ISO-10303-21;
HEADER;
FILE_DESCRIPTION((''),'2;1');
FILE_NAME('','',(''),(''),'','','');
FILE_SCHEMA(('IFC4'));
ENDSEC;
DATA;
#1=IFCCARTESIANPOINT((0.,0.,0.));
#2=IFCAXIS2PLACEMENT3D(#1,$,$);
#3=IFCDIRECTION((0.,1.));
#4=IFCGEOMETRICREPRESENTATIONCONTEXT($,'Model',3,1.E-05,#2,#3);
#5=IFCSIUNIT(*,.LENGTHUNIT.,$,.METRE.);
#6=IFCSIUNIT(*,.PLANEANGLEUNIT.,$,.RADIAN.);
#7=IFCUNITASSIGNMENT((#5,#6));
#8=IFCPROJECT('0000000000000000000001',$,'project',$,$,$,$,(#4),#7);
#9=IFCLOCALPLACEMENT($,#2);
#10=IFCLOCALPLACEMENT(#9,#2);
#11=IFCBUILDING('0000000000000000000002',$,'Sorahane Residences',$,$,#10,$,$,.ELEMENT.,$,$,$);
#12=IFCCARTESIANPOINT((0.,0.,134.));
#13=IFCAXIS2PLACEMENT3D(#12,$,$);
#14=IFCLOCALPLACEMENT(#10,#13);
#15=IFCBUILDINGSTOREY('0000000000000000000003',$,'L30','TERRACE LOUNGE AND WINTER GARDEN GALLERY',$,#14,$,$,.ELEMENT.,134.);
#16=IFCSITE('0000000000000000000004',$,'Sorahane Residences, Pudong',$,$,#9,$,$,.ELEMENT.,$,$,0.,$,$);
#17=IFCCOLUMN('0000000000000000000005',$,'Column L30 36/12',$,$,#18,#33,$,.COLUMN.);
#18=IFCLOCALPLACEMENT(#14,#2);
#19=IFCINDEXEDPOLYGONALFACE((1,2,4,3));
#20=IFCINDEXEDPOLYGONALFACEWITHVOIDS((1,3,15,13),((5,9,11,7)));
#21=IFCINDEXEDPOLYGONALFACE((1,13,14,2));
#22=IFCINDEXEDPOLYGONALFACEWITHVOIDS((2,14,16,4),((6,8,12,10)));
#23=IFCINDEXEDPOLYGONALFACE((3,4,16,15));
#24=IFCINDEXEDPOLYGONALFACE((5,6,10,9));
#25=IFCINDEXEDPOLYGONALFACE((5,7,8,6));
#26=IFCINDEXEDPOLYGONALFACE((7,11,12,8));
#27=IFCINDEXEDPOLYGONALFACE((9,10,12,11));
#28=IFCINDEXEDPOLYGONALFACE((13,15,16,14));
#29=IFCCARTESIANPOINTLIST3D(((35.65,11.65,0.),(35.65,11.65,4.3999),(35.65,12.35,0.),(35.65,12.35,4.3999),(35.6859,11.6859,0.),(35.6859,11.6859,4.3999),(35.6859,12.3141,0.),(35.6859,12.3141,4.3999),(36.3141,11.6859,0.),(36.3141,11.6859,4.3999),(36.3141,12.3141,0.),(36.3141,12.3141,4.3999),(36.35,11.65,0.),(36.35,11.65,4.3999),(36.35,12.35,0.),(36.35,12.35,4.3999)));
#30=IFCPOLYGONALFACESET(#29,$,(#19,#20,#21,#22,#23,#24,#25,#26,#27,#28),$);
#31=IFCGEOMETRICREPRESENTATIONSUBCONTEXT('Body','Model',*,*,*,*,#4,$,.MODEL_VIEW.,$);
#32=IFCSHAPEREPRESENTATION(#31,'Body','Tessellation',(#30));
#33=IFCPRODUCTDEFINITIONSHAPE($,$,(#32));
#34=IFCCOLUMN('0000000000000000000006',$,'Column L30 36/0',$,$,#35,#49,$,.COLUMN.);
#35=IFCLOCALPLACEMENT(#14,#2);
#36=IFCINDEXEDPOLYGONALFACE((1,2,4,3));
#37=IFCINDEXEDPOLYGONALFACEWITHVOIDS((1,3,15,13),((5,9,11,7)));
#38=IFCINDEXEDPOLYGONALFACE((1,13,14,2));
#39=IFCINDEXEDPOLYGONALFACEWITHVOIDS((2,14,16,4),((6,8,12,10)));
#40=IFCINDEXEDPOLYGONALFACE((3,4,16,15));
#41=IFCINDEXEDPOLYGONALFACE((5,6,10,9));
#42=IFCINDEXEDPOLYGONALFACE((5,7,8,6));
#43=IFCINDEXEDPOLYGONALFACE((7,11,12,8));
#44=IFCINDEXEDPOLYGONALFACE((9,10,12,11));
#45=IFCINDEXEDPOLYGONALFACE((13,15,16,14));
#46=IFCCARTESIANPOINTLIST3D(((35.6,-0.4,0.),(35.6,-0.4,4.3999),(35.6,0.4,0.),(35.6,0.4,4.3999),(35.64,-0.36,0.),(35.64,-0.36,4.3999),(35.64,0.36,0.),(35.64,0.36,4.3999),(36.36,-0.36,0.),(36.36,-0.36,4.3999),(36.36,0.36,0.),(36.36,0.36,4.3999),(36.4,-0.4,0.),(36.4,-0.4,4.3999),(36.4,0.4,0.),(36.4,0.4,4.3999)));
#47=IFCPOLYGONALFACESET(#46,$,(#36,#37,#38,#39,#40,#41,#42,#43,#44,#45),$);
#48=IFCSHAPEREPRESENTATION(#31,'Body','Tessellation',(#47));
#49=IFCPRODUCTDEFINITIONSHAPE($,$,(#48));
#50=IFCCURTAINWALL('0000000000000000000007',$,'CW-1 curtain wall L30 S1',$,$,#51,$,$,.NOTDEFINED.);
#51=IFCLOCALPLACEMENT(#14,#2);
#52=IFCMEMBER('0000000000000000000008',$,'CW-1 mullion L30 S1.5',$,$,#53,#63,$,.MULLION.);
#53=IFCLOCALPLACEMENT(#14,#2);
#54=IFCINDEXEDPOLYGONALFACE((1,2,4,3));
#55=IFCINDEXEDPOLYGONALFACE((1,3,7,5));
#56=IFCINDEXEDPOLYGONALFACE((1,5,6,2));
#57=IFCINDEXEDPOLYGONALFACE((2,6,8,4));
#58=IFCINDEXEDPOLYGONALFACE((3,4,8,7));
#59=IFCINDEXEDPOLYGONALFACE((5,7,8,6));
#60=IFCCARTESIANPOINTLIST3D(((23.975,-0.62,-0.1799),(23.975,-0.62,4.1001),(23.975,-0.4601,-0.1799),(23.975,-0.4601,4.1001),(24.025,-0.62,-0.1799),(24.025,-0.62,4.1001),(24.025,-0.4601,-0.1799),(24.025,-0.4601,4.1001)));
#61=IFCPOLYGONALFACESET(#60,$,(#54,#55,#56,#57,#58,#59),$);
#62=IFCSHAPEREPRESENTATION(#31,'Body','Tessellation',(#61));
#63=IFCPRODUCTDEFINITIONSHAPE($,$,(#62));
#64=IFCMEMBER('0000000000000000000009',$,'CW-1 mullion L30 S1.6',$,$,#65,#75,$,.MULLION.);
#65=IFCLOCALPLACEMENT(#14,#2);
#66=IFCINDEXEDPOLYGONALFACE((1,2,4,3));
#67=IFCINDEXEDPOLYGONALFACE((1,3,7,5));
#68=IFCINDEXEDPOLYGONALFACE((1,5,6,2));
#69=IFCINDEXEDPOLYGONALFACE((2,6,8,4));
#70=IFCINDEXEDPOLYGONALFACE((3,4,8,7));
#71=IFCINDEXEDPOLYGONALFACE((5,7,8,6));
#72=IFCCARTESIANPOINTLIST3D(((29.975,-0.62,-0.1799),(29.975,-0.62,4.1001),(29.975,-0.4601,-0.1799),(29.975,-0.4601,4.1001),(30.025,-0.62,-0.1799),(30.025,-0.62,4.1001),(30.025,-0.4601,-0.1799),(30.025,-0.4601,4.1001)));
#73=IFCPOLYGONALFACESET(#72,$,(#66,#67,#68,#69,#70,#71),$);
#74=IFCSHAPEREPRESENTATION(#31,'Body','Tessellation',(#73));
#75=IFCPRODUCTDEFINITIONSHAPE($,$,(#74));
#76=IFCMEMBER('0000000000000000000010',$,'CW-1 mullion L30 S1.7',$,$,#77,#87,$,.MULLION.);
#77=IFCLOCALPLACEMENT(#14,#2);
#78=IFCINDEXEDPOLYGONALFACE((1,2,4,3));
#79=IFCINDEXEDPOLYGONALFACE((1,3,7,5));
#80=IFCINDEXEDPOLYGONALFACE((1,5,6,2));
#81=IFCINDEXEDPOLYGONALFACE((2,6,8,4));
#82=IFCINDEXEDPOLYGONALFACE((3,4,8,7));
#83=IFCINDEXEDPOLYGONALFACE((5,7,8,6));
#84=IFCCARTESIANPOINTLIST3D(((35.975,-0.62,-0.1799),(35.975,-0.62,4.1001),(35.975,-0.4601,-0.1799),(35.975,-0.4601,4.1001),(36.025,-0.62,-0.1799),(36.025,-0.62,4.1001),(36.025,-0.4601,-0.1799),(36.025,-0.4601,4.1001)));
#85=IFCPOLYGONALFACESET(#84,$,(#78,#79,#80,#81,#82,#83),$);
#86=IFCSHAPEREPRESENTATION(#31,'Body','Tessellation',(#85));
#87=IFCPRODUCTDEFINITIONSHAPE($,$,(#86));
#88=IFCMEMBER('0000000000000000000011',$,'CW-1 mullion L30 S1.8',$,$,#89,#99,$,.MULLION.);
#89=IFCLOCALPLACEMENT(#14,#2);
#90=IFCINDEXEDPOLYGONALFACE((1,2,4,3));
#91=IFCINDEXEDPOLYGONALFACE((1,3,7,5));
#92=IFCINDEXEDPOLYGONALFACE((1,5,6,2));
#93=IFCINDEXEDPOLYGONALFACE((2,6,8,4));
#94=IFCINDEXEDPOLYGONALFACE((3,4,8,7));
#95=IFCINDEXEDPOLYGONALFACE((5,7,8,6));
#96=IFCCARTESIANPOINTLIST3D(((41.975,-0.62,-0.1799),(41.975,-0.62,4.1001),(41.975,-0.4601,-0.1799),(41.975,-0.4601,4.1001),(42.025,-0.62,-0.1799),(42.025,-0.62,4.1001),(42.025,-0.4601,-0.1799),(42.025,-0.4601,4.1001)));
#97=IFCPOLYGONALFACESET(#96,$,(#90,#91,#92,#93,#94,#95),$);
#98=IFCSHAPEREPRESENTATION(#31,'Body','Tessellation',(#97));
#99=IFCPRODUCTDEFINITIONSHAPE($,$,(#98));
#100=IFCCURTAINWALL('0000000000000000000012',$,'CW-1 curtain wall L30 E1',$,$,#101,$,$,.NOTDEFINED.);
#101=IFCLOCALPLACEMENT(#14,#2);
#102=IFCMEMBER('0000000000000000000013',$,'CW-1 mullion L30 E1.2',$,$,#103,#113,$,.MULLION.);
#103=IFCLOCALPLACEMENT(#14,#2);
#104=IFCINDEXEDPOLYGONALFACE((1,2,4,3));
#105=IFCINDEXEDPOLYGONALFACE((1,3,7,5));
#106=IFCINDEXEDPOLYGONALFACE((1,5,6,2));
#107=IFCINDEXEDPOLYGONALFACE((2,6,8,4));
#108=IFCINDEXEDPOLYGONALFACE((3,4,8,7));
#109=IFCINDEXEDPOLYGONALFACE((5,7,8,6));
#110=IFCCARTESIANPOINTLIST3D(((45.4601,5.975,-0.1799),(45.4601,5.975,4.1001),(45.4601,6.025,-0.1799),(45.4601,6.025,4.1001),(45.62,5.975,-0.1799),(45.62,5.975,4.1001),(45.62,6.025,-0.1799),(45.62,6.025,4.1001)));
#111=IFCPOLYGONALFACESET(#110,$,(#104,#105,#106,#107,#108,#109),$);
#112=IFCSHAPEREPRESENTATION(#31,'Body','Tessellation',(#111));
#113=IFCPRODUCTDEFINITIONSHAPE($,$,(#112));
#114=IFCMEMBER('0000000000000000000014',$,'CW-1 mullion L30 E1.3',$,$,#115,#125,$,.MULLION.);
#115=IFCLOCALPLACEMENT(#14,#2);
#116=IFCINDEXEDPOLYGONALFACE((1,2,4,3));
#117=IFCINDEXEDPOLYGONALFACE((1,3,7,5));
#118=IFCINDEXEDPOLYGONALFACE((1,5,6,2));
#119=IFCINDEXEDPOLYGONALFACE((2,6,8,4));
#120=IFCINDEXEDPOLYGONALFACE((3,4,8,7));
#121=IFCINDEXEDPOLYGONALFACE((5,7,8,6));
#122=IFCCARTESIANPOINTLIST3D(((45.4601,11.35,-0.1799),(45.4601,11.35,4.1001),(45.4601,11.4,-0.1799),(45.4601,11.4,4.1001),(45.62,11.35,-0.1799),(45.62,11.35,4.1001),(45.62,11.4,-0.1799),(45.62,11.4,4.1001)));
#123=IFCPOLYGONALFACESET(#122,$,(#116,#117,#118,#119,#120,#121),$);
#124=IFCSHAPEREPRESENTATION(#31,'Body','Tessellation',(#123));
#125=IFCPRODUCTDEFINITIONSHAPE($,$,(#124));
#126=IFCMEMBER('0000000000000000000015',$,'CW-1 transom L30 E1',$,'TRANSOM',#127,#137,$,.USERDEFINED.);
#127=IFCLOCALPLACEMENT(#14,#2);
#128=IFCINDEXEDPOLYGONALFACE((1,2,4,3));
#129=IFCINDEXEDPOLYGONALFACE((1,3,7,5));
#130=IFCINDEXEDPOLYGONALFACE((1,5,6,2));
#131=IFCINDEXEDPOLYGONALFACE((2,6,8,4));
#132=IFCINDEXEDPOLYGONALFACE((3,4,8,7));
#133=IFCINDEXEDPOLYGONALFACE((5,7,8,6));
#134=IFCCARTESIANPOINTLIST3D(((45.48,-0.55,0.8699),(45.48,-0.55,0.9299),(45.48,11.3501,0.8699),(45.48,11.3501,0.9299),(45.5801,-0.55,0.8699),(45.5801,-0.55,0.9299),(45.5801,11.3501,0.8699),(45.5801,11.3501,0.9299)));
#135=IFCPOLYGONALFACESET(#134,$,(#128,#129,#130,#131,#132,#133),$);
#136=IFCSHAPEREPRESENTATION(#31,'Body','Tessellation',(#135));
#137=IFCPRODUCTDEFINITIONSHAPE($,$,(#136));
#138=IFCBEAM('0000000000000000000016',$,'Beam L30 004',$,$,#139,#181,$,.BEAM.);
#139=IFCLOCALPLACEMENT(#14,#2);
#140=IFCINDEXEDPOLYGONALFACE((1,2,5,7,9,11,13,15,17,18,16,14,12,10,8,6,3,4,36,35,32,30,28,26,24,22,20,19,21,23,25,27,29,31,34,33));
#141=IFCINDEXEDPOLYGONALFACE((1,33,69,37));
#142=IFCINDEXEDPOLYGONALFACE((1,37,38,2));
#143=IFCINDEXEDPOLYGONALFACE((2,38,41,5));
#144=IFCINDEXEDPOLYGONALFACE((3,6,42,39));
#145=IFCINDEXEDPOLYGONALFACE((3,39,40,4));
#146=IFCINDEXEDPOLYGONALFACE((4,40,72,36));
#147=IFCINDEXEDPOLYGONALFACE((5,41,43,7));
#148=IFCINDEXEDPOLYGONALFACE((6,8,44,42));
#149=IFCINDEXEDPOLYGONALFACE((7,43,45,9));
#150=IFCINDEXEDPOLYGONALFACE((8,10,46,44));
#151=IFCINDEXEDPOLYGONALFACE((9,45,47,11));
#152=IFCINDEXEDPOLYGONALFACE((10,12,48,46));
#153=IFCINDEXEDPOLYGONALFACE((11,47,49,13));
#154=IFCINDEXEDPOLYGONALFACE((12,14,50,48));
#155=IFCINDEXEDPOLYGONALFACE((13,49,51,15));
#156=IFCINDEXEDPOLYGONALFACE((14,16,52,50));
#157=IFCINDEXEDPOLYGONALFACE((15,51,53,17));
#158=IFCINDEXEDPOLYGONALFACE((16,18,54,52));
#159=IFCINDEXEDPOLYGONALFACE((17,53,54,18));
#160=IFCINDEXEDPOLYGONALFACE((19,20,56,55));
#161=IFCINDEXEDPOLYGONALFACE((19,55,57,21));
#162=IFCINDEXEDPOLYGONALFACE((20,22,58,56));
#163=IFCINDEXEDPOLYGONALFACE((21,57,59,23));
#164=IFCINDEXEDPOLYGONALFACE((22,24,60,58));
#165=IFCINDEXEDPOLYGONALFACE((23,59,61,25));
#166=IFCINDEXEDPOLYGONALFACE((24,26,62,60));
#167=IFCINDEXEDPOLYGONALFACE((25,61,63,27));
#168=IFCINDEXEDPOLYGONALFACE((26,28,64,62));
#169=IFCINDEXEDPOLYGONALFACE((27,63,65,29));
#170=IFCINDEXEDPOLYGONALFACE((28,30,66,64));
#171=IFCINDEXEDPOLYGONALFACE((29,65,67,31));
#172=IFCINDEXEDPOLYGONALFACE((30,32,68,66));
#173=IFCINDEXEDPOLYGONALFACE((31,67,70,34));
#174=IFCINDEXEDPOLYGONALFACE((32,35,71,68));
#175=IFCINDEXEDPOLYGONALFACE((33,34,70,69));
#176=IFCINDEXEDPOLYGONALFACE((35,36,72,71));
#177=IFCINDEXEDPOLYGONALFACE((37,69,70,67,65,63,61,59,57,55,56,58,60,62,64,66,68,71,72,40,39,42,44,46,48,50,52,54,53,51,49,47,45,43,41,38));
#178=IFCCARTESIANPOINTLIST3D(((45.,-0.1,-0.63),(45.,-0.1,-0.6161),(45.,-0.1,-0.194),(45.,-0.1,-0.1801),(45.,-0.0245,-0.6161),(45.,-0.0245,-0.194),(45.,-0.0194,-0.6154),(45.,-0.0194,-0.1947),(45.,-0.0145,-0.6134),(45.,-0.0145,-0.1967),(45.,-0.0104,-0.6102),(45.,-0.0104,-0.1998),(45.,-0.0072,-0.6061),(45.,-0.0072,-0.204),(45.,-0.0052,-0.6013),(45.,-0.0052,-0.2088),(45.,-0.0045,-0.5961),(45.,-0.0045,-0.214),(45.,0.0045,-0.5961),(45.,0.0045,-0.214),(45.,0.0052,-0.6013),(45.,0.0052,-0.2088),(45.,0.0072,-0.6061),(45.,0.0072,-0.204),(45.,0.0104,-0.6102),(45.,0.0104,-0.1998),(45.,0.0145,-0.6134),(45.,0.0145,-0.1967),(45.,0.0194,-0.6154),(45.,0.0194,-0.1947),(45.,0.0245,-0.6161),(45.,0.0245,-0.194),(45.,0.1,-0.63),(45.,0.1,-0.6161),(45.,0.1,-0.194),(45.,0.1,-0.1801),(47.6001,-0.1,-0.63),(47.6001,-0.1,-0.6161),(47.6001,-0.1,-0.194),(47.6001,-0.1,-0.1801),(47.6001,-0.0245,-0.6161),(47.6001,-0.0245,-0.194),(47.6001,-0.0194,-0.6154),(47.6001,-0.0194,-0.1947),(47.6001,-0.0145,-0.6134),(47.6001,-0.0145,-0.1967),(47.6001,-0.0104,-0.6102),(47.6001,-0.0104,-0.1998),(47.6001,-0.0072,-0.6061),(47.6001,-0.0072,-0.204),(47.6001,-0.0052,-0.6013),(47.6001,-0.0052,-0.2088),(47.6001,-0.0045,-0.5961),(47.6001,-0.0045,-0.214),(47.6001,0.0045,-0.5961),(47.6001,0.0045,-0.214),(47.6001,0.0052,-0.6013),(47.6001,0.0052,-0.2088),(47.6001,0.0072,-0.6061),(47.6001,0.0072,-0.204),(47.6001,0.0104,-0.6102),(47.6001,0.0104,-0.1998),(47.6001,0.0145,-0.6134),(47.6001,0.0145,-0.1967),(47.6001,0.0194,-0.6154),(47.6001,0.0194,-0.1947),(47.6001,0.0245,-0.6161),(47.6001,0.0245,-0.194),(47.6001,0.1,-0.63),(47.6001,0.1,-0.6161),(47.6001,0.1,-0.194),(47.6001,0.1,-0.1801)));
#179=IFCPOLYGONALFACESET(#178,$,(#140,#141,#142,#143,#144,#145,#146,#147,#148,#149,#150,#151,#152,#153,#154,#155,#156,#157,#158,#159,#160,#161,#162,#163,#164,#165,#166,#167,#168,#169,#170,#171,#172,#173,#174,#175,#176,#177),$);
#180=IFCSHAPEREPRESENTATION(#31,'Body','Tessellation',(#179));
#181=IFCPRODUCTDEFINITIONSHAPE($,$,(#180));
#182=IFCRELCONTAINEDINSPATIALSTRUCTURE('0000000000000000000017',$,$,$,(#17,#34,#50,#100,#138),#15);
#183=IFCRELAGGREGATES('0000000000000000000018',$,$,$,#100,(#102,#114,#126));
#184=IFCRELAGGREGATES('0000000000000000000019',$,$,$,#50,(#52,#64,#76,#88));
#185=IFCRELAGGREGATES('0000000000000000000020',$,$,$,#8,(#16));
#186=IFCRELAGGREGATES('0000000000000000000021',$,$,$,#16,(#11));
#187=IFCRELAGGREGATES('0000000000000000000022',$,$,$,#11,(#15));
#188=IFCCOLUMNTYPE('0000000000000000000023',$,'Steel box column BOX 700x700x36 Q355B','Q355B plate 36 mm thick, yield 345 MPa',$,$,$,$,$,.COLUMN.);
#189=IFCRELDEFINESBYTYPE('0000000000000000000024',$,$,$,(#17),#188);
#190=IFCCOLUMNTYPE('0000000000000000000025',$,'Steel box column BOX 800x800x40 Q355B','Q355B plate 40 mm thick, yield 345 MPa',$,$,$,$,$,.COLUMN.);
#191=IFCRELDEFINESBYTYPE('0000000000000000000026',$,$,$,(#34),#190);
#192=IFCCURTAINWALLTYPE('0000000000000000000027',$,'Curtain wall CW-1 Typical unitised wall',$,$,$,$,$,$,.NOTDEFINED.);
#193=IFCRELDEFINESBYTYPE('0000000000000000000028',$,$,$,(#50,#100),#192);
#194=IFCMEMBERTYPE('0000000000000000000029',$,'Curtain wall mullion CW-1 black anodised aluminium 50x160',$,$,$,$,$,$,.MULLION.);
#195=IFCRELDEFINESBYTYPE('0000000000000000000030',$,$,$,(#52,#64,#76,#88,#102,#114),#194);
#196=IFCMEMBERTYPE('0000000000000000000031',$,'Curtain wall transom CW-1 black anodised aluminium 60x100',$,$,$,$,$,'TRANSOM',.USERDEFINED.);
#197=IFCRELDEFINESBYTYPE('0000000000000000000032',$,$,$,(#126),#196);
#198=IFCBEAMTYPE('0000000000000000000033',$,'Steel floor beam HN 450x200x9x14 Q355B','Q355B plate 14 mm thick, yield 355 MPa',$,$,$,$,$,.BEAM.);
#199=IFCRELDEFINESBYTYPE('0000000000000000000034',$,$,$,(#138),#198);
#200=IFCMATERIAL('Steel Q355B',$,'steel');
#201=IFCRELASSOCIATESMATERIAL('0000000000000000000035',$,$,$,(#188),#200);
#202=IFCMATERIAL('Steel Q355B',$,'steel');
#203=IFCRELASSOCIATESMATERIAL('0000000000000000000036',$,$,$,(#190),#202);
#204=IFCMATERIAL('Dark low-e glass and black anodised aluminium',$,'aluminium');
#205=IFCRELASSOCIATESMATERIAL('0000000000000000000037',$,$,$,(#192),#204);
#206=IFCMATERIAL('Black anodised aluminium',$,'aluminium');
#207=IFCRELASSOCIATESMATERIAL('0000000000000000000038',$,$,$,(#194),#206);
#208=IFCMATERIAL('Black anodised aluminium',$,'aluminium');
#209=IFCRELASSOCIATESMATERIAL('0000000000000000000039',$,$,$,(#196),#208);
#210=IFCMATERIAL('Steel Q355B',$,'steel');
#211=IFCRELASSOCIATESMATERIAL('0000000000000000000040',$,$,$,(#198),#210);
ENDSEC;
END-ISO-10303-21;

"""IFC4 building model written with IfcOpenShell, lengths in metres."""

from ifc_helpers import new_model, si_unit, direction, frame, origin, origin_2d, place, context, subcontext, project, spatial, rectangle, hollow_rectangle, i_section, extrude, material, material_profile, profile_set, type_object, element, aggregate, save


model = new_model("IFC4")

# Units and contexts
model_context = context("Model", 3, precision=1e-05, world=origin(), true_north=direction((0.0, 1.0)))
body_context = subcontext(model_context, "Body", "Model", "MODEL_VIEW")
ifc_project = project(units=[si_unit("LENGTHUNIT", "METRE"), si_unit("PLANEANGLEUNIT", "RADIAN")], contexts=[model_context])

# Site, building, storey
site_placement = place(None, origin())
site = spatial("IfcSite", under=ifc_project, at=site_placement, Name="Sorahane Residences, Pudong", CompositionType="ELEMENT", RefElevation=0.0)
building_placement = place(site_placement, origin())
building = spatial("IfcBuilding", under=site, at=building_placement, Name="Sorahane Residences", CompositionType="ELEMENT")
storey_placement = place(building_placement, frame((0.0, 0.0, 134.0)))
storey = spatial("IfcBuildingStorey", under=building, at=storey_placement, Name="L30", Description="TERRACE LOUNGE AND WINTER GARDEN GALLERY", CompositionType="ELEMENT", Elevation=134.0)

# Columns
ifc_material_1 = material(Name="Steel Q355B", Category="steel")
ifc_material_profile_1 = material_profile(ifc_material_1, hollow_rectangle(XDim=0.7, YDim=0.7, WallThickness=0.0359, at=origin_2d()), Name="BOX 700x700x36")
ifc_profile_set_1 = profile_set([ifc_material_profile_1], Name="Steel Q355B")
column_type_1 = type_object("IfcColumnType", Name="Steel box column BOX 700x700x36 Q355B", Description="Q355B plate 36 mm thick, yield 345 MPa", PredefinedType="COLUMN", material=ifc_profile_set_1)
column_1_placement = place(storey_placement, frame((36.0, 12.0, 0.0), z_axis=(0.0, 0.0, 1.0), x_axis=(1.0, 0.0, 0.0)))
element("IfcColumn", 1, at=column_1_placement, inside=storey, type_object=column_type_1, Name="Column L30 36/12", PredefinedType="COLUMN", context=body_context, shape_type="SweptSolid", body=[
    extrude(hollow_rectangle(XDim=0.7, YDim=0.7, WallThickness=0.0359, at=origin_2d()), origin(), (0.0, 0.0, 1.0), 4.3999),
])
ifc_material_2 = material(Name="Steel Q355B", Category="steel")
ifc_material_profile_2 = material_profile(ifc_material_2, hollow_rectangle(XDim=0.8, YDim=0.8, WallThickness=0.04, at=origin_2d()), Name="BOX 800x800x40")
ifc_profile_set_2 = profile_set([ifc_material_profile_2], Name="Steel Q355B")
column_type_2 = type_object("IfcColumnType", Name="Steel box column BOX 800x800x40 Q355B", Description="Q355B plate 40 mm thick, yield 345 MPa", PredefinedType="COLUMN", material=ifc_profile_set_2)
column_2_placement = place(storey_placement, frame((36.0, 0.0, 0.0), z_axis=(0.0, 0.0, 1.0), x_axis=(1.0, 0.0, 0.0)))
element("IfcColumn", 2, at=column_2_placement, inside=storey, type_object=column_type_2, Name="Column L30 36/0", PredefinedType="COLUMN", context=body_context, shape_type="SweptSolid", body=[
    extrude(hollow_rectangle(XDim=0.8, YDim=0.8, WallThickness=0.04, at=origin_2d()), origin(), (0.0, 0.0, 1.0), 4.3999),
])

# Curtain walls, members
ifc_material_3 = material(Name="Dark low-e glass and black anodised aluminium", Category="aluminium")
curtain_wall_type = type_object("IfcCurtainWallType", Name="Curtain wall CW-1 Typical unitised wall", PredefinedType="NOTDEFINED", material=ifc_material_3)
curtain_wall_1_placement = place(storey_placement, origin())
curtain_wall_1 = element("IfcCurtainWall", 3, at=curtain_wall_1_placement, inside=storey, type_object=curtain_wall_type, Name="CW-1 curtain wall L30 S1", PredefinedType="NOTDEFINED")
ifc_material_4 = material(Name="Black anodised aluminium", Category="aluminium")
ifc_material_profile_3 = material_profile(ifc_material_4, rectangle(XDim=0.1599, YDim=0.05, at=origin_2d()), Name="Curtain wall mullion CW-1 black anodised aluminium 50x160")
ifc_profile_set_3 = profile_set([ifc_material_profile_3], Name="Black anodised aluminium")
member_type_1 = type_object("IfcMemberType", Name="Curtain wall mullion CW-1 black anodised aluminium 50x160", PredefinedType="MULLION", material=ifc_profile_set_3)
member_1_placement = place(storey_placement, frame((24.0, -0.54, -0.1799), z_axis=(0.0, 0.0, 1.0), x_axis=(0.0, -1.0, 0.0)))
member_1 = element("IfcMember", 4, at=member_1_placement, type_object=member_type_1, Name="CW-1 mullion L30 S1.5", PredefinedType="MULLION", context=body_context, shape_type="SweptSolid", body=[
    extrude(rectangle(XDim=0.1599, YDim=0.05, at=origin_2d()), origin(), (0.0, 0.0, 1.0), 4.28),
])
member_2_placement = place(storey_placement, frame((30.0, -0.54, -0.1799), z_axis=(0.0, 0.0, 1.0), x_axis=(0.0, -1.0, 0.0)))
member_2 = element("IfcMember", 5, at=member_2_placement, type_object=member_type_1, Name="CW-1 mullion L30 S1.6", PredefinedType="MULLION", context=body_context, shape_type="SweptSolid", body=[
    extrude(rectangle(XDim=0.1599, YDim=0.05, at=origin_2d()), origin(), (0.0, 0.0, 1.0), 4.28),
])
member_3_placement = place(storey_placement, frame((36.0, -0.54, -0.1799), z_axis=(0.0, 0.0, 1.0), x_axis=(0.0, -1.0, 0.0)))
member_3 = element("IfcMember", 6, at=member_3_placement, type_object=member_type_1, Name="CW-1 mullion L30 S1.7", PredefinedType="MULLION", context=body_context, shape_type="SweptSolid", body=[
    extrude(rectangle(XDim=0.1599, YDim=0.05, at=origin_2d()), origin(), (0.0, 0.0, 1.0), 4.28),
])
member_4_placement = place(storey_placement, frame((42.0, -0.54, -0.1799), z_axis=(0.0, 0.0, 1.0), x_axis=(0.0, -1.0, 0.0)))
member_4 = element("IfcMember", 7, at=member_4_placement, type_object=member_type_1, Name="CW-1 mullion L30 S1.8", PredefinedType="MULLION", context=body_context, shape_type="SweptSolid", body=[
    extrude(rectangle(XDim=0.1599, YDim=0.05, at=origin_2d()), origin(), (0.0, 0.0, 1.0), 4.28),
])
curtain_wall_2_placement = place(storey_placement, origin())
curtain_wall_2 = element("IfcCurtainWall", 8, at=curtain_wall_2_placement, inside=storey, type_object=curtain_wall_type, Name="CW-1 curtain wall L30 E1", PredefinedType="NOTDEFINED")
member_5_placement = place(storey_placement, frame((45.54, 6.0, -0.1799), z_axis=(0.0, 0.0, 1.0), x_axis=(1.0, 0.0, 0.0)))
member_5 = element("IfcMember", 9, at=member_5_placement, type_object=member_type_1, Name="CW-1 mullion L30 E1.2", PredefinedType="MULLION", context=body_context, shape_type="SweptSolid", body=[
    extrude(rectangle(XDim=0.1599, YDim=0.05, at=origin_2d()), origin(), (0.0, 0.0, 1.0), 4.28),
])
member_6_placement = place(storey_placement, frame((45.54, 11.375, -0.1799), z_axis=(0.0, 0.0, 1.0), x_axis=(1.0, 0.0, 0.0)))
member_6 = element("IfcMember", 10, at=member_6_placement, type_object=member_type_1, Name="CW-1 mullion L30 E1.3", PredefinedType="MULLION", context=body_context, shape_type="SweptSolid", body=[
    extrude(rectangle(XDim=0.1599, YDim=0.05, at=origin_2d()), origin(), (0.0, 0.0, 1.0), 4.28),
])
ifc_material_5 = material(Name="Black anodised aluminium", Category="aluminium")
ifc_material_profile_4 = material_profile(ifc_material_5, rectangle(XDim=0.1001, YDim=0.0601, at=origin_2d()), Name="Curtain wall transom CW-1 black anodised aluminium 60x100")
ifc_profile_set_4 = profile_set([ifc_material_profile_4], Name="Black anodised aluminium")
member_type_2 = type_object("IfcMemberType", Name="Curtain wall transom CW-1 black anodised aluminium 60x100", ElementType="TRANSOM", PredefinedType="USERDEFINED", material=ifc_profile_set_4)
member_7_placement = place(storey_placement, frame((45.53, -0.55, 0.8999), z_axis=(0.0, 1.0, 0.0), x_axis=(-1.0, 0.0, 0.0)))
member_7 = element("IfcMember", 11, at=member_7_placement, type_object=member_type_2, Name="CW-1 transom L30 E1", ObjectType="TRANSOM", PredefinedType="USERDEFINED", context=body_context, shape_type="SweptSolid", body=[
    extrude(rectangle(XDim=0.1001, YDim=0.0601, at=origin_2d()), origin(), (0.0, 0.0, 1.0), 11.9001),
])
aggregate(curtain_wall_2, [member_5, member_6, member_7])

# Beam
ifc_material_6 = material(Name="Steel Q355B", Category="steel")
ifc_material_profile_5 = material_profile(ifc_material_6, i_section(OverallWidth=0.2, OverallDepth=0.45, WebThickness=0.009, FlangeThickness=0.0139, FilletRadius=0.02, at=origin_2d()), Name="HN 450x200x9x14")
ifc_profile_set_5 = profile_set([ifc_material_profile_5], Name="Steel Q355B")
beam_type_1 = type_object("IfcBeamType", Name="Steel floor beam HN 450x200x9x14 Q355B", Description="Q355B plate 14 mm thick, yield 355 MPa", PredefinedType="BEAM", material=ifc_profile_set_5)
beam_1_placement = place(storey_placement, frame((45.0, 0.0, -0.405), z_axis=(1.0, 0.0, 0.0), x_axis=(0.0, 1.0, 0.0)))
element("IfcBeam", 12, at=beam_1_placement, inside=storey, type_object=beam_type_1, Name="Beam L30 004", PredefinedType="BEAM", context=body_context, shape_type="SweptSolid", body=[
    extrude(i_section(OverallWidth=0.2, OverallDepth=0.45, WebThickness=0.009, FlangeThickness=0.0139, FilletRadius=0.02, at=origin_2d()), origin(), (0.0, 0.0, 1.0), 2.6001),
])

aggregate(curtain_wall_1, [member_1, member_2, member_3, member_4])

save(model, "model.ifc")
